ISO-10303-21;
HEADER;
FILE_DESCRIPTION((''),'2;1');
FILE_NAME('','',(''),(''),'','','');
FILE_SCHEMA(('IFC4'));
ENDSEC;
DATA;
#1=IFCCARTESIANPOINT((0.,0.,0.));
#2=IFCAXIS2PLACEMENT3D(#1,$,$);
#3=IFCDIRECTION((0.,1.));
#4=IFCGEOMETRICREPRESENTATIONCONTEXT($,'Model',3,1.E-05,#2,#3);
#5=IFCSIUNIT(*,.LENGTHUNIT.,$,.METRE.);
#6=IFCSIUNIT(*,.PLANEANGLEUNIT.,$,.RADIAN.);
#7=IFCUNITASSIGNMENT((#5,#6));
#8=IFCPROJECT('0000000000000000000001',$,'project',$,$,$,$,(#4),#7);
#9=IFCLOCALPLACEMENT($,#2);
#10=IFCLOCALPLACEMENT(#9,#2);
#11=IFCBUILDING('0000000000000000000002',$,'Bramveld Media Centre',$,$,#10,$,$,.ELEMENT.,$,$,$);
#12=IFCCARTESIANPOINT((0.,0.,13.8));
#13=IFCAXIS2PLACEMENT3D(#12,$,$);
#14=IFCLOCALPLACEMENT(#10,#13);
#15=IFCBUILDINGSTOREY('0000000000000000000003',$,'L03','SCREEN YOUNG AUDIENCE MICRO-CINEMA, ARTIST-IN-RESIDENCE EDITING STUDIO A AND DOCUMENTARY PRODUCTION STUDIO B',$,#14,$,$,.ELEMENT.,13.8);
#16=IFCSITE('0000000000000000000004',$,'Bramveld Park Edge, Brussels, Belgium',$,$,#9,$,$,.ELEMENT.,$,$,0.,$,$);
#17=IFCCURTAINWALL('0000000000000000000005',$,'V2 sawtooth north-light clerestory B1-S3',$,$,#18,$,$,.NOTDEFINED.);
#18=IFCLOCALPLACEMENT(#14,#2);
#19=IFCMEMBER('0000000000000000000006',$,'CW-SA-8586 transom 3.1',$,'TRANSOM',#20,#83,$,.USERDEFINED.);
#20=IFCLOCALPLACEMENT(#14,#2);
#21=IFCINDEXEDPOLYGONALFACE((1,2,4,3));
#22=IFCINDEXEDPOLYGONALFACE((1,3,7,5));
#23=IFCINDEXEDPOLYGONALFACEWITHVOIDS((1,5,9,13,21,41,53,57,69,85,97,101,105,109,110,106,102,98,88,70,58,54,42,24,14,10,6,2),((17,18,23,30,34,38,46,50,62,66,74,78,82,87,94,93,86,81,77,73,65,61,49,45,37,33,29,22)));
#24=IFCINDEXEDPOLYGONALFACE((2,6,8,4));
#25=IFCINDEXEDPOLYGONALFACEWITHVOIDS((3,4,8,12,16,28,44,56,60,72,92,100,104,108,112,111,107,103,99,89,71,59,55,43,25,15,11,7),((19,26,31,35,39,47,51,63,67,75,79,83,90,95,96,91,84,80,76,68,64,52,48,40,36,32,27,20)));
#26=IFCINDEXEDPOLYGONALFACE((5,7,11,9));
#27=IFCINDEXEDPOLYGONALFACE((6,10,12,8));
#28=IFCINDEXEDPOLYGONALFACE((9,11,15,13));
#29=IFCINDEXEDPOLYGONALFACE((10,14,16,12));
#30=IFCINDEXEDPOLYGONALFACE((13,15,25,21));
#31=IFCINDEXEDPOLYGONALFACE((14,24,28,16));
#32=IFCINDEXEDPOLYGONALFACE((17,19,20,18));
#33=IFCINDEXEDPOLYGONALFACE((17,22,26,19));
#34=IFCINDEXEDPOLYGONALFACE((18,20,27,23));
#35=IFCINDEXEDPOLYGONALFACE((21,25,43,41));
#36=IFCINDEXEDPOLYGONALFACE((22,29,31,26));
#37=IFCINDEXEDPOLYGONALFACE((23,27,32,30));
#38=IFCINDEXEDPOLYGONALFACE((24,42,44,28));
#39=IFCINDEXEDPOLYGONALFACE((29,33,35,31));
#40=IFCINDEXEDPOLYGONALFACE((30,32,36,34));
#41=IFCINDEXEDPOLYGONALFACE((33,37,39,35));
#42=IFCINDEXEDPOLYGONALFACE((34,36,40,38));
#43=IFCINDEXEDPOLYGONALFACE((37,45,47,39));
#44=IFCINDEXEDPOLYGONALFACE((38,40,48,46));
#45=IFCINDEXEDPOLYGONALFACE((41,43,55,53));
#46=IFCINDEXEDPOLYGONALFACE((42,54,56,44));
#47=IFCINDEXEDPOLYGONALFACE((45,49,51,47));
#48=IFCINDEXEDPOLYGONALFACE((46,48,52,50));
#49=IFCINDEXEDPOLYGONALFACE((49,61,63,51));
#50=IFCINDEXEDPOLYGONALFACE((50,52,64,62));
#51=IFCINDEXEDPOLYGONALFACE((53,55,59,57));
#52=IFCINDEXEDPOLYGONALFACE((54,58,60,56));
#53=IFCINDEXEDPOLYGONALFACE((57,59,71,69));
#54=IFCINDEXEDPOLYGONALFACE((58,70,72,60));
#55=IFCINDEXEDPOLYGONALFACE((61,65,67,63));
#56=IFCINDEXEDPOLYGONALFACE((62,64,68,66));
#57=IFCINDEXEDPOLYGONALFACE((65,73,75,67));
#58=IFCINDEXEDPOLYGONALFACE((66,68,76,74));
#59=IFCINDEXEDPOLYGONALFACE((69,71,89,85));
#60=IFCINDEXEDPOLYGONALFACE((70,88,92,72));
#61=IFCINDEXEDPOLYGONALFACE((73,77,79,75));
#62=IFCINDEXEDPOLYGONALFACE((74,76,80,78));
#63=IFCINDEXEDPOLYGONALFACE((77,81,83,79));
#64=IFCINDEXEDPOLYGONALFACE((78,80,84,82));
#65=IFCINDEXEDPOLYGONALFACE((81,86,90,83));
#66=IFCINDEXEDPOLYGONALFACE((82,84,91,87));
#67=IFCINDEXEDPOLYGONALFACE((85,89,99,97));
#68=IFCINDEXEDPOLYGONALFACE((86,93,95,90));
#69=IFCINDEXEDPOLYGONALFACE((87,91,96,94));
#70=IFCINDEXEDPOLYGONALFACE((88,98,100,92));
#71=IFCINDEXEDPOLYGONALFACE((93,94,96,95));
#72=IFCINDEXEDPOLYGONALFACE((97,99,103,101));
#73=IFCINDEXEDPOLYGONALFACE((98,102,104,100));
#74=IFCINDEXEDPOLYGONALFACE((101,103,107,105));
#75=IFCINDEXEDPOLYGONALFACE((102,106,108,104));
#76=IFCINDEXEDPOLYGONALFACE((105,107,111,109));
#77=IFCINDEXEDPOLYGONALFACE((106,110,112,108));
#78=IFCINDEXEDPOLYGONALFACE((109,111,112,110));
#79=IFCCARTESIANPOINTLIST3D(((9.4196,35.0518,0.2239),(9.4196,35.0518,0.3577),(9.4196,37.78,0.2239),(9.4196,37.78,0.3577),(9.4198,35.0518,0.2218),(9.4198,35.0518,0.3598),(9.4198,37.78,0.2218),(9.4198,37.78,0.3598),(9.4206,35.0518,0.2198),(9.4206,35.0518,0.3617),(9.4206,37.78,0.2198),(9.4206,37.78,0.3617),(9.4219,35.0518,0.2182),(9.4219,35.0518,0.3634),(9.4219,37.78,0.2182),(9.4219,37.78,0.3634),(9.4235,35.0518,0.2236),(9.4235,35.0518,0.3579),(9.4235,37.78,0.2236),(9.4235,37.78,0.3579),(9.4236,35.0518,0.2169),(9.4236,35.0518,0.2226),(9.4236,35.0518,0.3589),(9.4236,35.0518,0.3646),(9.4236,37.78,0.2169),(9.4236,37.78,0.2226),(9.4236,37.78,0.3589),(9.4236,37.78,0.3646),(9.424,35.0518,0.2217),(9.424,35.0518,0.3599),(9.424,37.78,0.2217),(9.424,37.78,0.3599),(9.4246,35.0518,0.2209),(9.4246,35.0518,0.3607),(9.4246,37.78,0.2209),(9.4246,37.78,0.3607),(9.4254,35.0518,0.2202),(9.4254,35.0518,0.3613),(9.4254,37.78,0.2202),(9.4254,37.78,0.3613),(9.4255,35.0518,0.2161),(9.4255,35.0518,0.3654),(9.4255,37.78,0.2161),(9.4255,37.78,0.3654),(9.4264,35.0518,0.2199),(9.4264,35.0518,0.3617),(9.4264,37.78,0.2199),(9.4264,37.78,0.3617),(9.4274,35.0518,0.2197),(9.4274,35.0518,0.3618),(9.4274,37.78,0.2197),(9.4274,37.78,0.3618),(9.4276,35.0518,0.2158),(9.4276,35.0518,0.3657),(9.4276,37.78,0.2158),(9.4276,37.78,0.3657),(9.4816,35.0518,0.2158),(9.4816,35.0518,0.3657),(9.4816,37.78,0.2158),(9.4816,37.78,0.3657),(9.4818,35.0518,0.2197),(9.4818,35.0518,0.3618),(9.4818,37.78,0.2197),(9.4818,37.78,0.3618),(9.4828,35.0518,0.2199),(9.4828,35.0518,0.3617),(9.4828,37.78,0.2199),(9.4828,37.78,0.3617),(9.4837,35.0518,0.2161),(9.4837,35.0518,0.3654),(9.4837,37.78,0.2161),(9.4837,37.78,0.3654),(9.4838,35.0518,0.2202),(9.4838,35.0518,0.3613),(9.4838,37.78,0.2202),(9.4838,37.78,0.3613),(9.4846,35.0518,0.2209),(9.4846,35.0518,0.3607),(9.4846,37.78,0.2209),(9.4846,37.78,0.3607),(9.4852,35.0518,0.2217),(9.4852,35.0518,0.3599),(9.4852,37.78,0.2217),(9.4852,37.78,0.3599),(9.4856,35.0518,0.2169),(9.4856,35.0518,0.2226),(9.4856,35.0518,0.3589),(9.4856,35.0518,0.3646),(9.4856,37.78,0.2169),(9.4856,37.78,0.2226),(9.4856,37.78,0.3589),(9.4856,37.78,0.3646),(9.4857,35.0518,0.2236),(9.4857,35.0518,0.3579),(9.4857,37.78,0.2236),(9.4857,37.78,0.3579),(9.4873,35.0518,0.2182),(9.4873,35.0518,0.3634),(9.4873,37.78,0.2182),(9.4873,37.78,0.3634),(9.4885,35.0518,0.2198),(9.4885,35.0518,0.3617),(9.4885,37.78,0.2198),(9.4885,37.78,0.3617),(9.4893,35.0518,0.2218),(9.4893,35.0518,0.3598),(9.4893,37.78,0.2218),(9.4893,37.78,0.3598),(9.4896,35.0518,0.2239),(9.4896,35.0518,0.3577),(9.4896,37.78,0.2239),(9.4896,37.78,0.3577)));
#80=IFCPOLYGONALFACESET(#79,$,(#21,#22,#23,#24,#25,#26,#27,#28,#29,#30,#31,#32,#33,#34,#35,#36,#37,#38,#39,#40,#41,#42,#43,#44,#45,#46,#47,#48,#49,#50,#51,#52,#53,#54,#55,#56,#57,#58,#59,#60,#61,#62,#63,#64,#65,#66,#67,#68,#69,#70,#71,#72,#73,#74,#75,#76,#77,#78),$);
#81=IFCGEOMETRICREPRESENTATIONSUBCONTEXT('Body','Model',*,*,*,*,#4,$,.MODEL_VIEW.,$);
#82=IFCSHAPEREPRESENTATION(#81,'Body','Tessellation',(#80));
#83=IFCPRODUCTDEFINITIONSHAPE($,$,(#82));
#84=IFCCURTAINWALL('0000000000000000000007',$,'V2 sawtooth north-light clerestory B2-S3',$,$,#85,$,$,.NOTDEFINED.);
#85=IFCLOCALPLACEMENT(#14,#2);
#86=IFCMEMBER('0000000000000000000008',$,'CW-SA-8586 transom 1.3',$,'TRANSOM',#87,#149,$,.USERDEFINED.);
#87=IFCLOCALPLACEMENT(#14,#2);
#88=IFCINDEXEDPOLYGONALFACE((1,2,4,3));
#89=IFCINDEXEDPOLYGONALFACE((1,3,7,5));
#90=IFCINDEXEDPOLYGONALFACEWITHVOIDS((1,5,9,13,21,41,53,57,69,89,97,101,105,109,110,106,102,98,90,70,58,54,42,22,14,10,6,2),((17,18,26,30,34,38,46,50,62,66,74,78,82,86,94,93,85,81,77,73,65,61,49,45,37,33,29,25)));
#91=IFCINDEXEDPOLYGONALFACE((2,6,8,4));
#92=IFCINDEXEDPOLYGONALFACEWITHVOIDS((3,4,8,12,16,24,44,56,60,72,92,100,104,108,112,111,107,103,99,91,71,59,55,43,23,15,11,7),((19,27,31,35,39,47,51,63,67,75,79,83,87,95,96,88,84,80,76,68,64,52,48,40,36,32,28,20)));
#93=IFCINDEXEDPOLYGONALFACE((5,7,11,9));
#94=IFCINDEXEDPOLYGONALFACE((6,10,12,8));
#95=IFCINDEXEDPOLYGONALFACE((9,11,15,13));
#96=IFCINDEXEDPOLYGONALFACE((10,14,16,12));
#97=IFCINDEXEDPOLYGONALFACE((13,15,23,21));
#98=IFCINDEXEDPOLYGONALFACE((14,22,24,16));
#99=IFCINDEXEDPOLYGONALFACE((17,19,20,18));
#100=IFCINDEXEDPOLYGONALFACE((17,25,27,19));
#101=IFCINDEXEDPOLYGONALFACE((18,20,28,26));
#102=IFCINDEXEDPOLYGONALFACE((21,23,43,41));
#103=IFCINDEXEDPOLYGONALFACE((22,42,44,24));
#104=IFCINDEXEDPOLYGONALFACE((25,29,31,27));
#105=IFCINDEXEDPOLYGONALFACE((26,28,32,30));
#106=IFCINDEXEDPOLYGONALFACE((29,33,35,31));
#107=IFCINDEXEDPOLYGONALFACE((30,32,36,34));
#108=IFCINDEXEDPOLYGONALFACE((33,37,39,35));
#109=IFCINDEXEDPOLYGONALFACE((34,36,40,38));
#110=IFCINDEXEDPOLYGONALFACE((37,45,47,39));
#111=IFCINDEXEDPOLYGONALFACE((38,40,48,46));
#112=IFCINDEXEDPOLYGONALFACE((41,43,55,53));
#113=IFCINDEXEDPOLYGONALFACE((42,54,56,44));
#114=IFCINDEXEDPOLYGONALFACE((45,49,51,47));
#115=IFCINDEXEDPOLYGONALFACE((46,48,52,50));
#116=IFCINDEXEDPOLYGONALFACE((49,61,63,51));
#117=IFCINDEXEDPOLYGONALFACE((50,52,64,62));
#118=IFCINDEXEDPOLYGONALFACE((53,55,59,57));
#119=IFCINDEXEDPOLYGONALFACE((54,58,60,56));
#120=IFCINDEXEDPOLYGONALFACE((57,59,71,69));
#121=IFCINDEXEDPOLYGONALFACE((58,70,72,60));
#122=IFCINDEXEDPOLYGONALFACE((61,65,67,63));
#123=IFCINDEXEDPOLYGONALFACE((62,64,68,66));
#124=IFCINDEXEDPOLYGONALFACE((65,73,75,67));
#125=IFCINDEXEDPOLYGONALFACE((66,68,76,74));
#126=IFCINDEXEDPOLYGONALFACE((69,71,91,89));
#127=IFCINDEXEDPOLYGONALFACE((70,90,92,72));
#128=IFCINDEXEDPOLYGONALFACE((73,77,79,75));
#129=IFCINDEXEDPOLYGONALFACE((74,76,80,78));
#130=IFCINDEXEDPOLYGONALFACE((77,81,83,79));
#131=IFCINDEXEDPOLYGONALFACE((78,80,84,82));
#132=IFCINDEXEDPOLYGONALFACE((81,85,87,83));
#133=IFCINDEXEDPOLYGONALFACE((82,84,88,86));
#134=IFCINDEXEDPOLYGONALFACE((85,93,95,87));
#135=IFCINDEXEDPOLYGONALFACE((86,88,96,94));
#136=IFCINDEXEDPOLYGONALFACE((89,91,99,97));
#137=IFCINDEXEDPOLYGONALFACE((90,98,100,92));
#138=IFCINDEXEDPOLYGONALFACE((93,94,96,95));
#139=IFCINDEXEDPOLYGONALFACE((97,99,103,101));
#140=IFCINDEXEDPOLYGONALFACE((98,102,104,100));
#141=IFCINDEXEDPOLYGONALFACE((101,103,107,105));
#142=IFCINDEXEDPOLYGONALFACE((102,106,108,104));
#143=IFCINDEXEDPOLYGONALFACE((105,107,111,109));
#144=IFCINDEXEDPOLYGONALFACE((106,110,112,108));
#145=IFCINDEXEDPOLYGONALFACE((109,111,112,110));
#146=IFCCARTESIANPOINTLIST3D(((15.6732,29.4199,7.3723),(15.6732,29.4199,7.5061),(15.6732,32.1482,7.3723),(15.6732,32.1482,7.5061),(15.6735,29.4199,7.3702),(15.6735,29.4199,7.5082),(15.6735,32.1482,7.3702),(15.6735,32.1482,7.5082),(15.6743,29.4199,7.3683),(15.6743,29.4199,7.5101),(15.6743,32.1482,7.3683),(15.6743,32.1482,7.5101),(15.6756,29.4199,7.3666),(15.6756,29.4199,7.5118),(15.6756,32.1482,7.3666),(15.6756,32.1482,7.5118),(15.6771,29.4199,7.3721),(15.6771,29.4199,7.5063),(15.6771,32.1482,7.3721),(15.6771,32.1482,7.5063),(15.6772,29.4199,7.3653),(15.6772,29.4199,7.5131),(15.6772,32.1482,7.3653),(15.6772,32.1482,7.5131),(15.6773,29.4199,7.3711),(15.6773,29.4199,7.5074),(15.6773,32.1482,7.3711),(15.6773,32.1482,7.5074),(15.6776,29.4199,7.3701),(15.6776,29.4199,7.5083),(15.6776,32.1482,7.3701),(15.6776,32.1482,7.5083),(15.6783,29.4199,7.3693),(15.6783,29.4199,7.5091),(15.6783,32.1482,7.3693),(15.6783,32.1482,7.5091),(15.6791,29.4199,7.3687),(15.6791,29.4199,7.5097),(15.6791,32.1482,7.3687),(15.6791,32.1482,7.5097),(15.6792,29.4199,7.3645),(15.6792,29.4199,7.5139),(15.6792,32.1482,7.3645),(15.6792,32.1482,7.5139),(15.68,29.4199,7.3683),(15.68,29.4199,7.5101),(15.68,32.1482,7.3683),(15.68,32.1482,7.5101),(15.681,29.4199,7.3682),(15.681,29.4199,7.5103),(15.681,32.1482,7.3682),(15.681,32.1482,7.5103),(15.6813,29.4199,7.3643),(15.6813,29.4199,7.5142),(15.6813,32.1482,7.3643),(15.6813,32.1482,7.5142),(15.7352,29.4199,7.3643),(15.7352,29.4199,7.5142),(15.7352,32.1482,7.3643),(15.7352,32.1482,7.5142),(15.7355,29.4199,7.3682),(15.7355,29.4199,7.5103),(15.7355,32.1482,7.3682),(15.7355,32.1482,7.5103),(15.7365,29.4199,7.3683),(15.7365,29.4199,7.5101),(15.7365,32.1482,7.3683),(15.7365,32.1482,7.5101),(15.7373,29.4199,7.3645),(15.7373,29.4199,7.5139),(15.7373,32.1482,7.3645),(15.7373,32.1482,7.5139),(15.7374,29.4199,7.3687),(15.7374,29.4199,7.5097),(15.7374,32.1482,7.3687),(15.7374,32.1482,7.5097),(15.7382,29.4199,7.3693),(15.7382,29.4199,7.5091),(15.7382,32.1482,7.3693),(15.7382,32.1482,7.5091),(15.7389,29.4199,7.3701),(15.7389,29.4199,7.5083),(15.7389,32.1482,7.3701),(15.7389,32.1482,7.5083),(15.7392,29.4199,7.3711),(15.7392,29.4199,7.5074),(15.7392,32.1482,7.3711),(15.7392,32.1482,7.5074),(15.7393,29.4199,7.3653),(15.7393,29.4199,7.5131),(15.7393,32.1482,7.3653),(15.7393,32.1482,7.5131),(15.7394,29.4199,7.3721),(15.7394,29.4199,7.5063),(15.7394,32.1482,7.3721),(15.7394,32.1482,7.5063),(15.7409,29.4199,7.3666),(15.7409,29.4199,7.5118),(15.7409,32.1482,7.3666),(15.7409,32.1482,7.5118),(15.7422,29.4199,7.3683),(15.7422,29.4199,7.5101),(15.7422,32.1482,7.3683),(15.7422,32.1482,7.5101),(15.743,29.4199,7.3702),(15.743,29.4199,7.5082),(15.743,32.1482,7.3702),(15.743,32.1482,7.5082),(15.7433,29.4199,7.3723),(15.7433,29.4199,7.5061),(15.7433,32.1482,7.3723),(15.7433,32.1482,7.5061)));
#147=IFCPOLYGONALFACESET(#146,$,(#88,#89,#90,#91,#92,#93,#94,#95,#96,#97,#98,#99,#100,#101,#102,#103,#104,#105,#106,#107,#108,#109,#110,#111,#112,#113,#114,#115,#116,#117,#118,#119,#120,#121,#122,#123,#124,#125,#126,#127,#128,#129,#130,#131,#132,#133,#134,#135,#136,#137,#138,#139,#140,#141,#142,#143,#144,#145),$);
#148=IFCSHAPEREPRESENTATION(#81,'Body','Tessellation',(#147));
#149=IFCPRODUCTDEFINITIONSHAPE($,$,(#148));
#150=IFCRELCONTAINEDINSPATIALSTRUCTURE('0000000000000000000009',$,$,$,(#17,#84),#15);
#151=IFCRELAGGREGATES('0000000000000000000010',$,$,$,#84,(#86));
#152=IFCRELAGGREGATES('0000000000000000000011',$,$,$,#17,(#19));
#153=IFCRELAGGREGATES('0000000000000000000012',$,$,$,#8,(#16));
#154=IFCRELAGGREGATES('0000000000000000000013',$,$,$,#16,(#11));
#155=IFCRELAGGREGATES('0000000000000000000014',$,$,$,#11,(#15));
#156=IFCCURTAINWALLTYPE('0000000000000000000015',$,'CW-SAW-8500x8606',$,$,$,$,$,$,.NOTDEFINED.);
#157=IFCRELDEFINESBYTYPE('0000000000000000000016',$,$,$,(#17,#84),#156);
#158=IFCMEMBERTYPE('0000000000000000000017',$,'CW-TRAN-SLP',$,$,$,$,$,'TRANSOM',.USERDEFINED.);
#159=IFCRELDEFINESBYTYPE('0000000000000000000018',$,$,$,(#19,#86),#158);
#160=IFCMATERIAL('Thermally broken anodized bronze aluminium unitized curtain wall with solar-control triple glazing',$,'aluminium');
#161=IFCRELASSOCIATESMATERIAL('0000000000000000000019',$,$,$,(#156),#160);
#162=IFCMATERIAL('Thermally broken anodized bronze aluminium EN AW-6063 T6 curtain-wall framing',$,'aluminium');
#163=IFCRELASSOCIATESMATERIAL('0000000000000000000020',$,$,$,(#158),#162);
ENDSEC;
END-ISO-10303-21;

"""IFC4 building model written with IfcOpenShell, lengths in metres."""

from ifc_helpers import new_model, si_unit, direction, frame, origin, origin_2d, place, context, subcontext, project, spatial, hollow_rectangle, extrude, material, material_profile, profile_set, type_object, element, aggregate, save


model = new_model("IFC4")

# Units and contexts
model_context = context("Model", 3, precision=1e-05, world=origin(), true_north=direction((0.0, 1.0)))
body_context = subcontext(model_context, "Body", "Model", "MODEL_VIEW")
ifc_project = project(units=[si_unit("LENGTHUNIT", "METRE"), si_unit("PLANEANGLEUNIT", "RADIAN")], contexts=[model_context])

# Site, building, storey
site_placement = place(None, origin())
site = spatial("IfcSite", under=ifc_project, at=site_placement, Name="Bramveld Park Edge, Brussels, Belgium", CompositionType="ELEMENT", RefElevation=0.0)
building_placement = place(site_placement, origin())
building = spatial("IfcBuilding", under=site, at=building_placement, Name="Bramveld Media Centre", CompositionType="ELEMENT")
storey_placement = place(building_placement, frame((0.0, 0.0, 13.8)))
storey = spatial("IfcBuildingStorey", under=building, at=storey_placement, Name="L03", Description="SCREEN YOUNG AUDIENCE MICRO-CINEMA, ARTIST-IN-RESIDENCE EDITING STUDIO A AND DOCUMENTARY PRODUCTION STUDIO B", CompositionType="ELEMENT", Elevation=13.8)

# Curtain walls, members
ifc_material_1 = material(Name="Thermally broken anodized bronze aluminium unitized curtain wall with solar-control triple glazing", Category="aluminium")
curtain_wall_type = type_object("IfcCurtainWallType", Name="CW-SAW-8500x8606", PredefinedType="NOTDEFINED", material=ifc_material_1)
curtain_wall_1_placement = place(storey_placement, origin())
curtain_wall_1 = element("IfcCurtainWall", 1, at=curtain_wall_1_placement, inside=storey, type_object=curtain_wall_type, Name="V2 sawtooth north-light clerestory B1-S3", PredefinedType="NOTDEFINED")
ifc_material_2 = material(Name="Thermally broken anodized bronze aluminium EN AW-6063 T6 curtain-wall framing", Category="aluminium")
ifc_material_profile_1 = material_profile(ifc_material_2, hollow_rectangle(XDim=0.0701, YDim=0.1499, WallThickness=0.0039, InnerFilletRadius=0.0039, OuterFilletRadius=0.0081, at=origin_2d()), Name="AL-TRAN 70x150")
ifc_profile_set_1 = profile_set([ifc_material_profile_1], Name="Thermally broken anodized bronze aluminium EN AW-6063 T6 curtain-wall framing")
member_type_1 = type_object("IfcMemberType", Name="CW-TRAN-SLP", ElementType="TRANSOM", PredefinedType="USERDEFINED", material=ifc_profile_set_1)
member_1_placement = place(storey_placement, frame((9.4546, 35.0518, 0.2908), z_axis=(0.0, 1.0, 0.0), x_axis=(-1.0, 0.0, 0.0)))
member_1 = element("IfcMember", 2, at=member_1_placement, type_object=member_type_1, Name="CW-SA-8586 transom 3.1", ObjectType="TRANSOM", PredefinedType="USERDEFINED", context=body_context, shape_type="SweptSolid", body=[
    extrude(hollow_rectangle(XDim=0.0701, YDim=0.1499, WallThickness=0.0039, InnerFilletRadius=0.0039, OuterFilletRadius=0.0081, at=origin_2d()), origin(), (0.0, 0.0, 1.0), 2.7283),
])
curtain_wall_2_placement = place(storey_placement, origin())
curtain_wall_2 = element("IfcCurtainWall", 3, at=curtain_wall_2_placement, inside=storey, type_object=curtain_wall_type, Name="V2 sawtooth north-light clerestory B2-S3", PredefinedType="NOTDEFINED")
member_2_placement = place(storey_placement, frame((15.7083, 29.4199, 7.4392), z_axis=(0.0, 1.0, 0.0), x_axis=(-1.0, 0.0, 0.0)))
member_2 = element("IfcMember", 4, at=member_2_placement, type_object=member_type_1, Name="CW-SA-8586 transom 1.3", ObjectType="TRANSOM", PredefinedType="USERDEFINED", context=body_context, shape_type="SweptSolid", body=[
    extrude(hollow_rectangle(XDim=0.0701, YDim=0.1499, WallThickness=0.0039, InnerFilletRadius=0.0039, OuterFilletRadius=0.0081, at=origin_2d()), origin(), (0.0, 0.0, 1.0), 2.7283),
])
aggregate(curtain_wall_2, [member_2])

aggregate(curtain_wall_1, [member_1])

save(model, "model.ifc")
